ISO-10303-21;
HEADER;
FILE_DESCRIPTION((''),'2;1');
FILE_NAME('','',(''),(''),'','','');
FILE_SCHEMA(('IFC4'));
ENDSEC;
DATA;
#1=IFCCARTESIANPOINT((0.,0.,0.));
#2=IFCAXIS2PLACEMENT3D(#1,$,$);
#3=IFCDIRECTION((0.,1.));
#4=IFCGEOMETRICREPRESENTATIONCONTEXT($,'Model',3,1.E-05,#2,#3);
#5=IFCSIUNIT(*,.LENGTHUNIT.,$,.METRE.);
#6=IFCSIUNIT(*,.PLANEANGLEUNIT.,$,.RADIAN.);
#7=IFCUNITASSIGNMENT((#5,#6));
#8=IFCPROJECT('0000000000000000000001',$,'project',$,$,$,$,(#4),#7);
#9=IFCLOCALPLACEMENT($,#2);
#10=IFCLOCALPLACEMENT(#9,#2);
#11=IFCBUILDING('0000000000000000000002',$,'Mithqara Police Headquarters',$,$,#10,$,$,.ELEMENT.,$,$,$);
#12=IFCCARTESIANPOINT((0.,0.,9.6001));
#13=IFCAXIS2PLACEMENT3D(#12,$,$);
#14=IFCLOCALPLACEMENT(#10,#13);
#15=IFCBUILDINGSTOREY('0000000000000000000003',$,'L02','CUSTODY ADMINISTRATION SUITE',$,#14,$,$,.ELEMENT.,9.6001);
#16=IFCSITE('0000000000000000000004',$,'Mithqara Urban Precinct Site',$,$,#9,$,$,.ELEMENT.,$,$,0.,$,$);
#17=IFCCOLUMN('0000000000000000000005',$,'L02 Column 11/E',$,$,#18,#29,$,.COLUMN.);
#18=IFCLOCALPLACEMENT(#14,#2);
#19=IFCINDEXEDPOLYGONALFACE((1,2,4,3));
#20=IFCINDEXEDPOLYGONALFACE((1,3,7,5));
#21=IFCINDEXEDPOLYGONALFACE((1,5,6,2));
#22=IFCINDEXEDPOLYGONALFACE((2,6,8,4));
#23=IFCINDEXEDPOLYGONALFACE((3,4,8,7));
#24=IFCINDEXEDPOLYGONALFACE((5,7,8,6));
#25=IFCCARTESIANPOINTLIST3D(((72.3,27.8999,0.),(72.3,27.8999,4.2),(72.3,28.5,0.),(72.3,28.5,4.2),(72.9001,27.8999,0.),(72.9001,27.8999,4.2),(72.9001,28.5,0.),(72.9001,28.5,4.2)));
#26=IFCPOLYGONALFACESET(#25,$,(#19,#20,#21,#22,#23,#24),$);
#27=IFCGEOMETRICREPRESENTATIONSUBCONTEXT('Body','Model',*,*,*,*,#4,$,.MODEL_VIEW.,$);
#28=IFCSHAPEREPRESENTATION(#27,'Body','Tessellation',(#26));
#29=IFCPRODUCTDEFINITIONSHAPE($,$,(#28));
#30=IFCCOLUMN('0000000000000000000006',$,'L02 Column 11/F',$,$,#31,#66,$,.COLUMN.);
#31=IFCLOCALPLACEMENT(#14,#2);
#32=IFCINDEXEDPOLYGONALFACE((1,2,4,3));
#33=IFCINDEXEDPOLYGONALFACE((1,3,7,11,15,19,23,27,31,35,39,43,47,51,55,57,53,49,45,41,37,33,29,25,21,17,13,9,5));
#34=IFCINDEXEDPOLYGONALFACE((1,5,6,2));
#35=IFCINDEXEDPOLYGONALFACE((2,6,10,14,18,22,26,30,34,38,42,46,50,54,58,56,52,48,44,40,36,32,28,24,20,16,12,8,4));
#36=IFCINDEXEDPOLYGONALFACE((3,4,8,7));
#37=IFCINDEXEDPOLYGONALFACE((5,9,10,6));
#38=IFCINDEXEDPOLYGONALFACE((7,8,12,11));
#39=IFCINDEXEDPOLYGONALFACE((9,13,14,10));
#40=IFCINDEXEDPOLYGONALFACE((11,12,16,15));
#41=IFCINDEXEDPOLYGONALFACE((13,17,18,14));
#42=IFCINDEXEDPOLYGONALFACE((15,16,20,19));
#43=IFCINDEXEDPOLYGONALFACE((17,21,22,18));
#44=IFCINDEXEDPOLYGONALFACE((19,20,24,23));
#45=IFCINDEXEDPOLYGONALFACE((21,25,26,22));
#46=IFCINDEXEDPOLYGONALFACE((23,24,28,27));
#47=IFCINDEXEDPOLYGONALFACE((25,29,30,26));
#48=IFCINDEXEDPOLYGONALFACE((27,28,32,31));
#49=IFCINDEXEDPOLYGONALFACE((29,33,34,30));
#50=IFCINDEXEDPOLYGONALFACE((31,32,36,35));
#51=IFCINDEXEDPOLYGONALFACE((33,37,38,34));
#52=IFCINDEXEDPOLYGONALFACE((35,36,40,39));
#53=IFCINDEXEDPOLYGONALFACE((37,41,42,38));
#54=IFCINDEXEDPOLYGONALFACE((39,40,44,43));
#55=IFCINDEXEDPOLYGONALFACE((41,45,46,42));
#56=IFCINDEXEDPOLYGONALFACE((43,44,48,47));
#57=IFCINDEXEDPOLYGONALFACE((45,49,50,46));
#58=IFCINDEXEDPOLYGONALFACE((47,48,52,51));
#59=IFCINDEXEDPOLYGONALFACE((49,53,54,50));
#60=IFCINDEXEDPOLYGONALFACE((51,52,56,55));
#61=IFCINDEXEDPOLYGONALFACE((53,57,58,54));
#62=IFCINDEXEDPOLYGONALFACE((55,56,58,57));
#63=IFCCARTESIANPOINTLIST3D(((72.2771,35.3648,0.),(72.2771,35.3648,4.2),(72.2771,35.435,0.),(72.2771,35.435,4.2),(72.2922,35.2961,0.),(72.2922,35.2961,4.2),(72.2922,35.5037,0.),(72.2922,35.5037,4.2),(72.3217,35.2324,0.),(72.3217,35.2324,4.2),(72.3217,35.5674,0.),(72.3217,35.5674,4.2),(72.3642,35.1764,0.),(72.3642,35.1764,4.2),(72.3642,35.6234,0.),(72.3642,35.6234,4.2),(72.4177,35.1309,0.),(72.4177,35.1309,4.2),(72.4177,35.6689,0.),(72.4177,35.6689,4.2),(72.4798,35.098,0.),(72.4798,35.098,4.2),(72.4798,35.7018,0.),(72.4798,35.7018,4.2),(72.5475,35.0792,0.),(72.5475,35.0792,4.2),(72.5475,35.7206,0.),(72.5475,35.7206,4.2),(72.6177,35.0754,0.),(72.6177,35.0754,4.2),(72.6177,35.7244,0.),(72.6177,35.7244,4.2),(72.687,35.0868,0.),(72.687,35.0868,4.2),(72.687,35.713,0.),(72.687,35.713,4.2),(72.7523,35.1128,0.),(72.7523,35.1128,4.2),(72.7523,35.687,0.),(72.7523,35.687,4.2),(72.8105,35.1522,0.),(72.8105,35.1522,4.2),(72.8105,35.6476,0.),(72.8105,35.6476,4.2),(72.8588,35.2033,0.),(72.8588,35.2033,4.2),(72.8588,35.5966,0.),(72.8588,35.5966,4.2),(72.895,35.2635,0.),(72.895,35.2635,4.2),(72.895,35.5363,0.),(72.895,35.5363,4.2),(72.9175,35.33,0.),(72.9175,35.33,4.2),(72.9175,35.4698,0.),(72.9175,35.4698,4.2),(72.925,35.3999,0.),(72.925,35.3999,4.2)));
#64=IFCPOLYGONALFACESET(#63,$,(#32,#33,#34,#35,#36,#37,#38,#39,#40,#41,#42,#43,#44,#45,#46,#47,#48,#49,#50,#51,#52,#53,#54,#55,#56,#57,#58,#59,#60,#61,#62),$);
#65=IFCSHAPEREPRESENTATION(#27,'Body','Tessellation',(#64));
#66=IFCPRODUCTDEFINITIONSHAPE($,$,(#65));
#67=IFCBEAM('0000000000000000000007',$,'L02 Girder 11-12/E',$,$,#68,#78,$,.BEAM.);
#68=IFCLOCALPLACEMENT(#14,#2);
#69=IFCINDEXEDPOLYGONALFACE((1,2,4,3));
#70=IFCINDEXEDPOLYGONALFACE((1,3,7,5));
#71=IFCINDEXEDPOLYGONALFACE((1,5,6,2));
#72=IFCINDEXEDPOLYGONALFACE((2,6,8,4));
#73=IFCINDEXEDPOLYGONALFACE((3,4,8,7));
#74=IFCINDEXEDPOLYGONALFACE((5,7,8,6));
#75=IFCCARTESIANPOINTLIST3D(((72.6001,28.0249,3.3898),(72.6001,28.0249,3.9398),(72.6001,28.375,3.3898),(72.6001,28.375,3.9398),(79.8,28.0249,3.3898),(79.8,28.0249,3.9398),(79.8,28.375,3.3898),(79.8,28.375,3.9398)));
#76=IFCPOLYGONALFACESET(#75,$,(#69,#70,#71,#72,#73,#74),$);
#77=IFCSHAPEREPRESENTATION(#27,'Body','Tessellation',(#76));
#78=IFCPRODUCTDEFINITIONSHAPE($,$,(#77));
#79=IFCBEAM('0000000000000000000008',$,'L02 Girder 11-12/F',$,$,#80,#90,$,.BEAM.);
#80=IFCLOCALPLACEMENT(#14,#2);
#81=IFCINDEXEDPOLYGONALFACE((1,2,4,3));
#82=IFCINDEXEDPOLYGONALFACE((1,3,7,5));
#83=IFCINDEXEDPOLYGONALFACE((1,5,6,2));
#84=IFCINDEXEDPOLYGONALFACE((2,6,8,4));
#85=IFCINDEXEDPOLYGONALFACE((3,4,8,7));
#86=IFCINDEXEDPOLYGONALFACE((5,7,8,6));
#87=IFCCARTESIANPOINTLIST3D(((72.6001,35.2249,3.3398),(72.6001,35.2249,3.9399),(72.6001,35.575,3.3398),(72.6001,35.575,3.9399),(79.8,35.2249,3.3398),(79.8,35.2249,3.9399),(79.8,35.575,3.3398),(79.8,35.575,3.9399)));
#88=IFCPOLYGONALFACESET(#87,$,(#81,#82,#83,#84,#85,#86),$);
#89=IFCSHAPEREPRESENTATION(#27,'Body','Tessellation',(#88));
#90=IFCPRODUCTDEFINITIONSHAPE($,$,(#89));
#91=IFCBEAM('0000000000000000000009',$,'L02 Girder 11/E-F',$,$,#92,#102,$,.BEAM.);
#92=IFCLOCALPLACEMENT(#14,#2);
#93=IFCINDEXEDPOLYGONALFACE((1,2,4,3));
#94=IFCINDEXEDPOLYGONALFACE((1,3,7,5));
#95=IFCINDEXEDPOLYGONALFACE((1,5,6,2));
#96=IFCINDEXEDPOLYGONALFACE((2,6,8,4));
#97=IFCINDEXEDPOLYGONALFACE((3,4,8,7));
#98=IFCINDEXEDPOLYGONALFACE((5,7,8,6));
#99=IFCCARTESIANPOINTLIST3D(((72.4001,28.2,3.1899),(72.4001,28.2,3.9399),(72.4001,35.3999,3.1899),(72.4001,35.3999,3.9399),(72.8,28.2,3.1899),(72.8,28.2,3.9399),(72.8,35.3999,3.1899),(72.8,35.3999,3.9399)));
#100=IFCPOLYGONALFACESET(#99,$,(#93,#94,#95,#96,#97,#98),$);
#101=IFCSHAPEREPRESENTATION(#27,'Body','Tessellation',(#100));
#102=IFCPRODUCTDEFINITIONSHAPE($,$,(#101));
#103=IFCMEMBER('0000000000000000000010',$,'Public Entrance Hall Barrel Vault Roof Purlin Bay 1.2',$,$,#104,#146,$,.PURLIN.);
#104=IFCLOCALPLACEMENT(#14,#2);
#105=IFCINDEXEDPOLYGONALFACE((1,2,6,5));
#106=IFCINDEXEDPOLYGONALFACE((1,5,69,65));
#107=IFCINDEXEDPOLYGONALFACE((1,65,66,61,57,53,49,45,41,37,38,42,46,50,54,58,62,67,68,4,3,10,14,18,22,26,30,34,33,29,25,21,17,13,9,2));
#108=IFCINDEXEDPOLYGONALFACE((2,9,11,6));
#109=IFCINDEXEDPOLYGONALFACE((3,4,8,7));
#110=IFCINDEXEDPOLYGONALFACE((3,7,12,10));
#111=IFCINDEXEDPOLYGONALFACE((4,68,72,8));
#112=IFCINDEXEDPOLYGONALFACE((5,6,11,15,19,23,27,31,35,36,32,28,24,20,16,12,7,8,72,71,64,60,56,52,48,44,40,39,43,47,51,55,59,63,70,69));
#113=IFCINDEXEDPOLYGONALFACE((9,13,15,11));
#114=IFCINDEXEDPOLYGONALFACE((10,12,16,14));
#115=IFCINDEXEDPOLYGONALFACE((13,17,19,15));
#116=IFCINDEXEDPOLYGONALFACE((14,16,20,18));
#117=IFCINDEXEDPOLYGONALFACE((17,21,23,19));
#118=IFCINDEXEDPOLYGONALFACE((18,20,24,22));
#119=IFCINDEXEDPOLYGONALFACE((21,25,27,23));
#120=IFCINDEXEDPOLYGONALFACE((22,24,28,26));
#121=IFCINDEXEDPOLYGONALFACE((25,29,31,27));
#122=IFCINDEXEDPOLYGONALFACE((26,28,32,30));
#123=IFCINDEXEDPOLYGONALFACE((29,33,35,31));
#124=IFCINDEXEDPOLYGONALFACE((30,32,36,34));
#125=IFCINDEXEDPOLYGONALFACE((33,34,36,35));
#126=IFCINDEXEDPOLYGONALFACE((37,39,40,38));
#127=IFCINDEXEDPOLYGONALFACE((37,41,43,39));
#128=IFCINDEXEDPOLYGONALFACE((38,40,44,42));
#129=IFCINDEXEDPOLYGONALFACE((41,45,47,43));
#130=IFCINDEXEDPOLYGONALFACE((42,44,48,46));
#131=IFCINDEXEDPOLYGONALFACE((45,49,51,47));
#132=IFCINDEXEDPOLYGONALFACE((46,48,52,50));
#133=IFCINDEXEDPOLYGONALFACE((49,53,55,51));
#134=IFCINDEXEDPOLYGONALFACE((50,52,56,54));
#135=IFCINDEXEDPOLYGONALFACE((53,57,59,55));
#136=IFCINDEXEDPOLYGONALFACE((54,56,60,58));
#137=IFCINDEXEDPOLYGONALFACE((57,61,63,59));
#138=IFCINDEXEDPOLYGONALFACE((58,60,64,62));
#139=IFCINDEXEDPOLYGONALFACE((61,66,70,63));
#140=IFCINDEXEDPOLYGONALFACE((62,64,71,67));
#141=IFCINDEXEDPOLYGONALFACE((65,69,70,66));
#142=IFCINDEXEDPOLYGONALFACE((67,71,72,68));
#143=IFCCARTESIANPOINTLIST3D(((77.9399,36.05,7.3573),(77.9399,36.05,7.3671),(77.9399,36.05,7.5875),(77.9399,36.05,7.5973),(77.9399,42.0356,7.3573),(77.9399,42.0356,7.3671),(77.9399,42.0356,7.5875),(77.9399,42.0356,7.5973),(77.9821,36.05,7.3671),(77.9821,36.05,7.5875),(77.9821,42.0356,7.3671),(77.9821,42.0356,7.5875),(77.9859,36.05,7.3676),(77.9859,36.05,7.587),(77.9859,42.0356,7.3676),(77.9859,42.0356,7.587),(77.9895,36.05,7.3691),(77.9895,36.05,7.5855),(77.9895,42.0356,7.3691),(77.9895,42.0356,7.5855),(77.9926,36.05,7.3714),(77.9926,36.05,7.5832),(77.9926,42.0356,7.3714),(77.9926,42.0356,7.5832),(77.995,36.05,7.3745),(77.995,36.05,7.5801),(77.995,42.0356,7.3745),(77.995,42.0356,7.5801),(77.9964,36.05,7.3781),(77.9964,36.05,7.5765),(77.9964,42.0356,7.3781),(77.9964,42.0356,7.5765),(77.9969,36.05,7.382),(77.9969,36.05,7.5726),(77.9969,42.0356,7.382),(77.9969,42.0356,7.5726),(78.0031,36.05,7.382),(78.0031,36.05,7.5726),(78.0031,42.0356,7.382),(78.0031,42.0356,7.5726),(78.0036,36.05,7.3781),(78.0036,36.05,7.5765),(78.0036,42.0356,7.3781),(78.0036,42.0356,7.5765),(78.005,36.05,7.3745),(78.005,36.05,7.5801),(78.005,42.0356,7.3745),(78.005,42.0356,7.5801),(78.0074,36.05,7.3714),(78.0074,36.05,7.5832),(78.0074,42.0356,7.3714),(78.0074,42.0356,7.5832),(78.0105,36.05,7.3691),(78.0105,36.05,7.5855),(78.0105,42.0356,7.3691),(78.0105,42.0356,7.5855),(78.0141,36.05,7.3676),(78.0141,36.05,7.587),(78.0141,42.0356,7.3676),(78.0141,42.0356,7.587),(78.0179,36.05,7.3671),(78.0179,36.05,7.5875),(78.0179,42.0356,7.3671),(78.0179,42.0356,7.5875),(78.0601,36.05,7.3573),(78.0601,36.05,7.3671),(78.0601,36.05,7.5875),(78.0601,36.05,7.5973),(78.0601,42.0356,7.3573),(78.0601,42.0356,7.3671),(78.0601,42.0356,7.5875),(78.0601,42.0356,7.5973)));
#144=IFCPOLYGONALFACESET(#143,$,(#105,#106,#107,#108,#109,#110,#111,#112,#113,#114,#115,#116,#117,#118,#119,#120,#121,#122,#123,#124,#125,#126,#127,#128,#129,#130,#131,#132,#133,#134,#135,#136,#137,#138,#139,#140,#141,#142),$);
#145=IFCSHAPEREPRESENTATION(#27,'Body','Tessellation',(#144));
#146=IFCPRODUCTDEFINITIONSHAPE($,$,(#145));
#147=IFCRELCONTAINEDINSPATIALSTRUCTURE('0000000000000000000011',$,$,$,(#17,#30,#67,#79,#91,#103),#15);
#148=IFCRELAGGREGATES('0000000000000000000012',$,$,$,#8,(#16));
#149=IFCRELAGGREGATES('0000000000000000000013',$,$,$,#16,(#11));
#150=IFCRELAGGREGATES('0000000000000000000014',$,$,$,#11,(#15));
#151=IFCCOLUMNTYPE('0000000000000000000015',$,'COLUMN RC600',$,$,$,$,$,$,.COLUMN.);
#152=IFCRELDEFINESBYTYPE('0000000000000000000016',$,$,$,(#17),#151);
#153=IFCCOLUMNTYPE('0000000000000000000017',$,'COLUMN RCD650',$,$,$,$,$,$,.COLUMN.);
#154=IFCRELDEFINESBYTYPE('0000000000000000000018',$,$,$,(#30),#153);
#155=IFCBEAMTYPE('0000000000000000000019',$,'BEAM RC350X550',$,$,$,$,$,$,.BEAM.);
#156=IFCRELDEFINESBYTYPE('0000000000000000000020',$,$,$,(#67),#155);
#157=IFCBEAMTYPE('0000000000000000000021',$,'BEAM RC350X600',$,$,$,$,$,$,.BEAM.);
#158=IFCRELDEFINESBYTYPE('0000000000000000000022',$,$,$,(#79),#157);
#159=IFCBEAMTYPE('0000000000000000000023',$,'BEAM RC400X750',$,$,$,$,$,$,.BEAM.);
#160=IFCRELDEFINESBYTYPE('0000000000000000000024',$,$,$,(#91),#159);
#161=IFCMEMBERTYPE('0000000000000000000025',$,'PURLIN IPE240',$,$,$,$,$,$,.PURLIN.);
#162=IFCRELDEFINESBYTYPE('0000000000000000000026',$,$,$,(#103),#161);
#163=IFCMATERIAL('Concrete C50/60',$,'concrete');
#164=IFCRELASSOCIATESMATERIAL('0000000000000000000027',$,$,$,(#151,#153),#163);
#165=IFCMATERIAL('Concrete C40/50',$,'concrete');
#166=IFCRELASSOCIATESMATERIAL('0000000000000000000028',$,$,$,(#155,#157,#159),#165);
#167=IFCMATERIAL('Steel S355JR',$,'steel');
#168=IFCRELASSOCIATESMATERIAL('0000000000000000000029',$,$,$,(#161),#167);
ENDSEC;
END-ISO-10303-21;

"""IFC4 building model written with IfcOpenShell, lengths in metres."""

from ifc_helpers import new_model, si_unit, direction, frame, origin, origin_2d, place, context, subcontext, project, spatial, rectangle, circle, i_section, extrude, material, material_profile, profile_set, type_object, element, save


model = new_model("IFC4")

# Units and contexts
model_context = context("Model", 3, precision=1e-05, world=origin(), true_north=direction((0.0, 1.0)))
body_context = subcontext(model_context, "Body", "Model", "MODEL_VIEW")
ifc_project = project(units=[si_unit("LENGTHUNIT", "METRE"), si_unit("PLANEANGLEUNIT", "RADIAN")], contexts=[model_context])

# Site, building, storey
site_placement = place(None, origin())
site = spatial("IfcSite", under=ifc_project, at=site_placement, Name="Mithqara Urban Precinct Site", CompositionType="ELEMENT", RefElevation=0.0)
building_placement = place(site_placement, origin())
building = spatial("IfcBuilding", under=site, at=building_placement, Name="Mithqara Police Headquarters", CompositionType="ELEMENT")
storey_placement = place(building_placement, frame((0.0, 0.0, 9.6001)))
storey = spatial("IfcBuildingStorey", under=building, at=storey_placement, Name="L02", Description="CUSTODY ADMINISTRATION SUITE", CompositionType="ELEMENT", Elevation=9.6001)

# Columns
ifc_material_1 = material(Name="Concrete C50/60", Category="concrete")
ifc_material_profile_1 = material_profile(ifc_material_1, rectangle(XDim=0.6001, YDim=0.6001, at=origin_2d()), Name="RC 600x600")
ifc_profile_set_1 = profile_set([ifc_material_profile_1], Name="Concrete C50/60")
column_type_1 = type_object("IfcColumnType", Name="COLUMN RC600", PredefinedType="COLUMN", material=ifc_profile_set_1)
column_1_placement = place(storey_placement, frame((72.6001, 28.2, 0.0), z_axis=(0.0, 0.0, 1.0), x_axis=(1.0, 0.0, 0.0)))
element("IfcColumn", 1, at=column_1_placement, inside=storey, type_object=column_type_1, Name="L02 Column 11/E", PredefinedType="COLUMN", context=body_context, shape_type="SweptSolid", body=[
    extrude(rectangle(XDim=0.6001, YDim=0.6001, at=origin_2d()), origin(), (0.0, 0.0, 1.0), 4.2),
])
ifc_material_profile_2 = material_profile(ifc_material_1, circle(Radius=0.325, at=origin_2d()), Name="RCD 650")
ifc_profile_set_2 = profile_set([ifc_material_profile_2], Name="Concrete C50/60")
column_type_2 = type_object("IfcColumnType", Name="COLUMN RCD650", PredefinedType="COLUMN", material=ifc_profile_set_2)
column_2_placement = place(storey_placement, frame((72.6001, 35.3999, 0.0), z_axis=(0.0, 0.0, 1.0), x_axis=(1.0, 0.0, 0.0)))
element("IfcColumn", 2, at=column_2_placement, inside=storey, type_object=column_type_2, Name="L02 Column 11/F", PredefinedType="COLUMN", context=body_context, shape_type="SweptSolid", body=[
    extrude(circle(Radius=0.325, at=origin_2d()), origin(), (0.0, 0.0, 1.0), 4.2),
])

# Beams
ifc_material_2 = material(Name="Concrete C40/50", Category="concrete")
ifc_material_profile_3 = material_profile(ifc_material_2, rectangle(XDim=0.3501, YDim=0.55, at=origin_2d()), Name="RC 350x550")
ifc_profile_set_3 = profile_set([ifc_material_profile_3], Name="Concrete C40/50")
beam_type_1 = type_object("IfcBeamType", Name="BEAM RC350X550", PredefinedType="BEAM", material=ifc_profile_set_3)
beam_1_placement = place(storey_placement, frame((72.6001, 28.2, 3.6648), z_axis=(1.0, 0.0, 0.0), x_axis=(0.0, 1.0, 0.0)))
element("IfcBeam", 3, at=beam_1_placement, inside=storey, type_object=beam_type_1, Name="L02 Girder 11-12/E", PredefinedType="BEAM", context=body_context, shape_type="SweptSolid", body=[
    extrude(rectangle(XDim=0.3501, YDim=0.55, at=origin_2d()), origin(), (0.0, 0.0, 1.0), 7.2),
])
ifc_material_profile_4 = material_profile(ifc_material_2, rectangle(XDim=0.3501, YDim=0.6001, at=origin_2d()), Name="RC 350x600")
ifc_profile_set_4 = profile_set([ifc_material_profile_4], Name="Concrete C40/50")
beam_type_2 = type_object("IfcBeamType", Name="BEAM RC350X600", PredefinedType="BEAM", material=ifc_profile_set_4)
beam_2_placement = place(storey_placement, frame((72.6001, 35.3999, 3.6399), z_axis=(1.0, 0.0, 0.0), x_axis=(0.0, 1.0, 0.0)))
element("IfcBeam", 4, at=beam_2_placement, inside=storey, type_object=beam_type_2, Name="L02 Girder 11-12/F", PredefinedType="BEAM", context=body_context, shape_type="SweptSolid", body=[
    extrude(rectangle(XDim=0.3501, YDim=0.6001, at=origin_2d()), origin(), (0.0, 0.0, 1.0), 7.2),
])
ifc_material_profile_5 = material_profile(ifc_material_2, rectangle(XDim=0.3999, YDim=0.75, at=origin_2d()), Name="RC 400x750")
ifc_profile_set_5 = profile_set([ifc_material_profile_5], Name="Concrete C40/50")
beam_type_3 = type_object("IfcBeamType", Name="BEAM RC400X750", PredefinedType="BEAM", material=ifc_profile_set_5)
beam_3_placement = place(storey_placement, frame((72.6001, 28.2, 3.5649), z_axis=(0.0, 1.0, 0.0), x_axis=(-1.0, 0.0, 0.0)))
element("IfcBeam", 5, at=beam_3_placement, inside=storey, type_object=beam_type_3, Name="L02 Girder 11/E-F", PredefinedType="BEAM", context=body_context, shape_type="SweptSolid", body=[
    extrude(rectangle(XDim=0.3999, YDim=0.75, at=origin_2d()), origin(), (0.0, 0.0, 1.0), 7.2),
])

# Member
ifc_material_3 = material(Name="Steel S355JR", Category="steel")
ifc_material_profile_6 = material_profile(ifc_material_3, i_section(OverallWidth=0.1201, OverallDepth=0.24, WebThickness=0.0061, FlangeThickness=0.0098, FilletRadius=0.0149, at=origin_2d()), Name="IPE 240")
ifc_profile_set_6 = profile_set([ifc_material_profile_6], Name="Steel S355JR")
member_type = type_object("IfcMemberType", Name="PURLIN IPE240", PredefinedType="PURLIN", material=ifc_profile_set_6)
member_1_placement = place(storey_placement, frame((78.0, 36.05, 7.4773), z_axis=(0.0, 1.0, 0.0), x_axis=(-1.0, 0.0, 0.0)))
element("IfcMember", 6, at=member_1_placement, inside=storey, type_object=member_type, Name="Public Entrance Hall Barrel Vault Roof Purlin Bay 1.2", PredefinedType="PURLIN", context=body_context, shape_type="SweptSolid", body=[
    extrude(i_section(OverallWidth=0.1201, OverallDepth=0.24, WebThickness=0.0061, FlangeThickness=0.0098, FilletRadius=0.0149, at=origin_2d()), origin(), (0.0, 0.0, 1.0), 5.9856),
])

save(model, "model.ifc")
